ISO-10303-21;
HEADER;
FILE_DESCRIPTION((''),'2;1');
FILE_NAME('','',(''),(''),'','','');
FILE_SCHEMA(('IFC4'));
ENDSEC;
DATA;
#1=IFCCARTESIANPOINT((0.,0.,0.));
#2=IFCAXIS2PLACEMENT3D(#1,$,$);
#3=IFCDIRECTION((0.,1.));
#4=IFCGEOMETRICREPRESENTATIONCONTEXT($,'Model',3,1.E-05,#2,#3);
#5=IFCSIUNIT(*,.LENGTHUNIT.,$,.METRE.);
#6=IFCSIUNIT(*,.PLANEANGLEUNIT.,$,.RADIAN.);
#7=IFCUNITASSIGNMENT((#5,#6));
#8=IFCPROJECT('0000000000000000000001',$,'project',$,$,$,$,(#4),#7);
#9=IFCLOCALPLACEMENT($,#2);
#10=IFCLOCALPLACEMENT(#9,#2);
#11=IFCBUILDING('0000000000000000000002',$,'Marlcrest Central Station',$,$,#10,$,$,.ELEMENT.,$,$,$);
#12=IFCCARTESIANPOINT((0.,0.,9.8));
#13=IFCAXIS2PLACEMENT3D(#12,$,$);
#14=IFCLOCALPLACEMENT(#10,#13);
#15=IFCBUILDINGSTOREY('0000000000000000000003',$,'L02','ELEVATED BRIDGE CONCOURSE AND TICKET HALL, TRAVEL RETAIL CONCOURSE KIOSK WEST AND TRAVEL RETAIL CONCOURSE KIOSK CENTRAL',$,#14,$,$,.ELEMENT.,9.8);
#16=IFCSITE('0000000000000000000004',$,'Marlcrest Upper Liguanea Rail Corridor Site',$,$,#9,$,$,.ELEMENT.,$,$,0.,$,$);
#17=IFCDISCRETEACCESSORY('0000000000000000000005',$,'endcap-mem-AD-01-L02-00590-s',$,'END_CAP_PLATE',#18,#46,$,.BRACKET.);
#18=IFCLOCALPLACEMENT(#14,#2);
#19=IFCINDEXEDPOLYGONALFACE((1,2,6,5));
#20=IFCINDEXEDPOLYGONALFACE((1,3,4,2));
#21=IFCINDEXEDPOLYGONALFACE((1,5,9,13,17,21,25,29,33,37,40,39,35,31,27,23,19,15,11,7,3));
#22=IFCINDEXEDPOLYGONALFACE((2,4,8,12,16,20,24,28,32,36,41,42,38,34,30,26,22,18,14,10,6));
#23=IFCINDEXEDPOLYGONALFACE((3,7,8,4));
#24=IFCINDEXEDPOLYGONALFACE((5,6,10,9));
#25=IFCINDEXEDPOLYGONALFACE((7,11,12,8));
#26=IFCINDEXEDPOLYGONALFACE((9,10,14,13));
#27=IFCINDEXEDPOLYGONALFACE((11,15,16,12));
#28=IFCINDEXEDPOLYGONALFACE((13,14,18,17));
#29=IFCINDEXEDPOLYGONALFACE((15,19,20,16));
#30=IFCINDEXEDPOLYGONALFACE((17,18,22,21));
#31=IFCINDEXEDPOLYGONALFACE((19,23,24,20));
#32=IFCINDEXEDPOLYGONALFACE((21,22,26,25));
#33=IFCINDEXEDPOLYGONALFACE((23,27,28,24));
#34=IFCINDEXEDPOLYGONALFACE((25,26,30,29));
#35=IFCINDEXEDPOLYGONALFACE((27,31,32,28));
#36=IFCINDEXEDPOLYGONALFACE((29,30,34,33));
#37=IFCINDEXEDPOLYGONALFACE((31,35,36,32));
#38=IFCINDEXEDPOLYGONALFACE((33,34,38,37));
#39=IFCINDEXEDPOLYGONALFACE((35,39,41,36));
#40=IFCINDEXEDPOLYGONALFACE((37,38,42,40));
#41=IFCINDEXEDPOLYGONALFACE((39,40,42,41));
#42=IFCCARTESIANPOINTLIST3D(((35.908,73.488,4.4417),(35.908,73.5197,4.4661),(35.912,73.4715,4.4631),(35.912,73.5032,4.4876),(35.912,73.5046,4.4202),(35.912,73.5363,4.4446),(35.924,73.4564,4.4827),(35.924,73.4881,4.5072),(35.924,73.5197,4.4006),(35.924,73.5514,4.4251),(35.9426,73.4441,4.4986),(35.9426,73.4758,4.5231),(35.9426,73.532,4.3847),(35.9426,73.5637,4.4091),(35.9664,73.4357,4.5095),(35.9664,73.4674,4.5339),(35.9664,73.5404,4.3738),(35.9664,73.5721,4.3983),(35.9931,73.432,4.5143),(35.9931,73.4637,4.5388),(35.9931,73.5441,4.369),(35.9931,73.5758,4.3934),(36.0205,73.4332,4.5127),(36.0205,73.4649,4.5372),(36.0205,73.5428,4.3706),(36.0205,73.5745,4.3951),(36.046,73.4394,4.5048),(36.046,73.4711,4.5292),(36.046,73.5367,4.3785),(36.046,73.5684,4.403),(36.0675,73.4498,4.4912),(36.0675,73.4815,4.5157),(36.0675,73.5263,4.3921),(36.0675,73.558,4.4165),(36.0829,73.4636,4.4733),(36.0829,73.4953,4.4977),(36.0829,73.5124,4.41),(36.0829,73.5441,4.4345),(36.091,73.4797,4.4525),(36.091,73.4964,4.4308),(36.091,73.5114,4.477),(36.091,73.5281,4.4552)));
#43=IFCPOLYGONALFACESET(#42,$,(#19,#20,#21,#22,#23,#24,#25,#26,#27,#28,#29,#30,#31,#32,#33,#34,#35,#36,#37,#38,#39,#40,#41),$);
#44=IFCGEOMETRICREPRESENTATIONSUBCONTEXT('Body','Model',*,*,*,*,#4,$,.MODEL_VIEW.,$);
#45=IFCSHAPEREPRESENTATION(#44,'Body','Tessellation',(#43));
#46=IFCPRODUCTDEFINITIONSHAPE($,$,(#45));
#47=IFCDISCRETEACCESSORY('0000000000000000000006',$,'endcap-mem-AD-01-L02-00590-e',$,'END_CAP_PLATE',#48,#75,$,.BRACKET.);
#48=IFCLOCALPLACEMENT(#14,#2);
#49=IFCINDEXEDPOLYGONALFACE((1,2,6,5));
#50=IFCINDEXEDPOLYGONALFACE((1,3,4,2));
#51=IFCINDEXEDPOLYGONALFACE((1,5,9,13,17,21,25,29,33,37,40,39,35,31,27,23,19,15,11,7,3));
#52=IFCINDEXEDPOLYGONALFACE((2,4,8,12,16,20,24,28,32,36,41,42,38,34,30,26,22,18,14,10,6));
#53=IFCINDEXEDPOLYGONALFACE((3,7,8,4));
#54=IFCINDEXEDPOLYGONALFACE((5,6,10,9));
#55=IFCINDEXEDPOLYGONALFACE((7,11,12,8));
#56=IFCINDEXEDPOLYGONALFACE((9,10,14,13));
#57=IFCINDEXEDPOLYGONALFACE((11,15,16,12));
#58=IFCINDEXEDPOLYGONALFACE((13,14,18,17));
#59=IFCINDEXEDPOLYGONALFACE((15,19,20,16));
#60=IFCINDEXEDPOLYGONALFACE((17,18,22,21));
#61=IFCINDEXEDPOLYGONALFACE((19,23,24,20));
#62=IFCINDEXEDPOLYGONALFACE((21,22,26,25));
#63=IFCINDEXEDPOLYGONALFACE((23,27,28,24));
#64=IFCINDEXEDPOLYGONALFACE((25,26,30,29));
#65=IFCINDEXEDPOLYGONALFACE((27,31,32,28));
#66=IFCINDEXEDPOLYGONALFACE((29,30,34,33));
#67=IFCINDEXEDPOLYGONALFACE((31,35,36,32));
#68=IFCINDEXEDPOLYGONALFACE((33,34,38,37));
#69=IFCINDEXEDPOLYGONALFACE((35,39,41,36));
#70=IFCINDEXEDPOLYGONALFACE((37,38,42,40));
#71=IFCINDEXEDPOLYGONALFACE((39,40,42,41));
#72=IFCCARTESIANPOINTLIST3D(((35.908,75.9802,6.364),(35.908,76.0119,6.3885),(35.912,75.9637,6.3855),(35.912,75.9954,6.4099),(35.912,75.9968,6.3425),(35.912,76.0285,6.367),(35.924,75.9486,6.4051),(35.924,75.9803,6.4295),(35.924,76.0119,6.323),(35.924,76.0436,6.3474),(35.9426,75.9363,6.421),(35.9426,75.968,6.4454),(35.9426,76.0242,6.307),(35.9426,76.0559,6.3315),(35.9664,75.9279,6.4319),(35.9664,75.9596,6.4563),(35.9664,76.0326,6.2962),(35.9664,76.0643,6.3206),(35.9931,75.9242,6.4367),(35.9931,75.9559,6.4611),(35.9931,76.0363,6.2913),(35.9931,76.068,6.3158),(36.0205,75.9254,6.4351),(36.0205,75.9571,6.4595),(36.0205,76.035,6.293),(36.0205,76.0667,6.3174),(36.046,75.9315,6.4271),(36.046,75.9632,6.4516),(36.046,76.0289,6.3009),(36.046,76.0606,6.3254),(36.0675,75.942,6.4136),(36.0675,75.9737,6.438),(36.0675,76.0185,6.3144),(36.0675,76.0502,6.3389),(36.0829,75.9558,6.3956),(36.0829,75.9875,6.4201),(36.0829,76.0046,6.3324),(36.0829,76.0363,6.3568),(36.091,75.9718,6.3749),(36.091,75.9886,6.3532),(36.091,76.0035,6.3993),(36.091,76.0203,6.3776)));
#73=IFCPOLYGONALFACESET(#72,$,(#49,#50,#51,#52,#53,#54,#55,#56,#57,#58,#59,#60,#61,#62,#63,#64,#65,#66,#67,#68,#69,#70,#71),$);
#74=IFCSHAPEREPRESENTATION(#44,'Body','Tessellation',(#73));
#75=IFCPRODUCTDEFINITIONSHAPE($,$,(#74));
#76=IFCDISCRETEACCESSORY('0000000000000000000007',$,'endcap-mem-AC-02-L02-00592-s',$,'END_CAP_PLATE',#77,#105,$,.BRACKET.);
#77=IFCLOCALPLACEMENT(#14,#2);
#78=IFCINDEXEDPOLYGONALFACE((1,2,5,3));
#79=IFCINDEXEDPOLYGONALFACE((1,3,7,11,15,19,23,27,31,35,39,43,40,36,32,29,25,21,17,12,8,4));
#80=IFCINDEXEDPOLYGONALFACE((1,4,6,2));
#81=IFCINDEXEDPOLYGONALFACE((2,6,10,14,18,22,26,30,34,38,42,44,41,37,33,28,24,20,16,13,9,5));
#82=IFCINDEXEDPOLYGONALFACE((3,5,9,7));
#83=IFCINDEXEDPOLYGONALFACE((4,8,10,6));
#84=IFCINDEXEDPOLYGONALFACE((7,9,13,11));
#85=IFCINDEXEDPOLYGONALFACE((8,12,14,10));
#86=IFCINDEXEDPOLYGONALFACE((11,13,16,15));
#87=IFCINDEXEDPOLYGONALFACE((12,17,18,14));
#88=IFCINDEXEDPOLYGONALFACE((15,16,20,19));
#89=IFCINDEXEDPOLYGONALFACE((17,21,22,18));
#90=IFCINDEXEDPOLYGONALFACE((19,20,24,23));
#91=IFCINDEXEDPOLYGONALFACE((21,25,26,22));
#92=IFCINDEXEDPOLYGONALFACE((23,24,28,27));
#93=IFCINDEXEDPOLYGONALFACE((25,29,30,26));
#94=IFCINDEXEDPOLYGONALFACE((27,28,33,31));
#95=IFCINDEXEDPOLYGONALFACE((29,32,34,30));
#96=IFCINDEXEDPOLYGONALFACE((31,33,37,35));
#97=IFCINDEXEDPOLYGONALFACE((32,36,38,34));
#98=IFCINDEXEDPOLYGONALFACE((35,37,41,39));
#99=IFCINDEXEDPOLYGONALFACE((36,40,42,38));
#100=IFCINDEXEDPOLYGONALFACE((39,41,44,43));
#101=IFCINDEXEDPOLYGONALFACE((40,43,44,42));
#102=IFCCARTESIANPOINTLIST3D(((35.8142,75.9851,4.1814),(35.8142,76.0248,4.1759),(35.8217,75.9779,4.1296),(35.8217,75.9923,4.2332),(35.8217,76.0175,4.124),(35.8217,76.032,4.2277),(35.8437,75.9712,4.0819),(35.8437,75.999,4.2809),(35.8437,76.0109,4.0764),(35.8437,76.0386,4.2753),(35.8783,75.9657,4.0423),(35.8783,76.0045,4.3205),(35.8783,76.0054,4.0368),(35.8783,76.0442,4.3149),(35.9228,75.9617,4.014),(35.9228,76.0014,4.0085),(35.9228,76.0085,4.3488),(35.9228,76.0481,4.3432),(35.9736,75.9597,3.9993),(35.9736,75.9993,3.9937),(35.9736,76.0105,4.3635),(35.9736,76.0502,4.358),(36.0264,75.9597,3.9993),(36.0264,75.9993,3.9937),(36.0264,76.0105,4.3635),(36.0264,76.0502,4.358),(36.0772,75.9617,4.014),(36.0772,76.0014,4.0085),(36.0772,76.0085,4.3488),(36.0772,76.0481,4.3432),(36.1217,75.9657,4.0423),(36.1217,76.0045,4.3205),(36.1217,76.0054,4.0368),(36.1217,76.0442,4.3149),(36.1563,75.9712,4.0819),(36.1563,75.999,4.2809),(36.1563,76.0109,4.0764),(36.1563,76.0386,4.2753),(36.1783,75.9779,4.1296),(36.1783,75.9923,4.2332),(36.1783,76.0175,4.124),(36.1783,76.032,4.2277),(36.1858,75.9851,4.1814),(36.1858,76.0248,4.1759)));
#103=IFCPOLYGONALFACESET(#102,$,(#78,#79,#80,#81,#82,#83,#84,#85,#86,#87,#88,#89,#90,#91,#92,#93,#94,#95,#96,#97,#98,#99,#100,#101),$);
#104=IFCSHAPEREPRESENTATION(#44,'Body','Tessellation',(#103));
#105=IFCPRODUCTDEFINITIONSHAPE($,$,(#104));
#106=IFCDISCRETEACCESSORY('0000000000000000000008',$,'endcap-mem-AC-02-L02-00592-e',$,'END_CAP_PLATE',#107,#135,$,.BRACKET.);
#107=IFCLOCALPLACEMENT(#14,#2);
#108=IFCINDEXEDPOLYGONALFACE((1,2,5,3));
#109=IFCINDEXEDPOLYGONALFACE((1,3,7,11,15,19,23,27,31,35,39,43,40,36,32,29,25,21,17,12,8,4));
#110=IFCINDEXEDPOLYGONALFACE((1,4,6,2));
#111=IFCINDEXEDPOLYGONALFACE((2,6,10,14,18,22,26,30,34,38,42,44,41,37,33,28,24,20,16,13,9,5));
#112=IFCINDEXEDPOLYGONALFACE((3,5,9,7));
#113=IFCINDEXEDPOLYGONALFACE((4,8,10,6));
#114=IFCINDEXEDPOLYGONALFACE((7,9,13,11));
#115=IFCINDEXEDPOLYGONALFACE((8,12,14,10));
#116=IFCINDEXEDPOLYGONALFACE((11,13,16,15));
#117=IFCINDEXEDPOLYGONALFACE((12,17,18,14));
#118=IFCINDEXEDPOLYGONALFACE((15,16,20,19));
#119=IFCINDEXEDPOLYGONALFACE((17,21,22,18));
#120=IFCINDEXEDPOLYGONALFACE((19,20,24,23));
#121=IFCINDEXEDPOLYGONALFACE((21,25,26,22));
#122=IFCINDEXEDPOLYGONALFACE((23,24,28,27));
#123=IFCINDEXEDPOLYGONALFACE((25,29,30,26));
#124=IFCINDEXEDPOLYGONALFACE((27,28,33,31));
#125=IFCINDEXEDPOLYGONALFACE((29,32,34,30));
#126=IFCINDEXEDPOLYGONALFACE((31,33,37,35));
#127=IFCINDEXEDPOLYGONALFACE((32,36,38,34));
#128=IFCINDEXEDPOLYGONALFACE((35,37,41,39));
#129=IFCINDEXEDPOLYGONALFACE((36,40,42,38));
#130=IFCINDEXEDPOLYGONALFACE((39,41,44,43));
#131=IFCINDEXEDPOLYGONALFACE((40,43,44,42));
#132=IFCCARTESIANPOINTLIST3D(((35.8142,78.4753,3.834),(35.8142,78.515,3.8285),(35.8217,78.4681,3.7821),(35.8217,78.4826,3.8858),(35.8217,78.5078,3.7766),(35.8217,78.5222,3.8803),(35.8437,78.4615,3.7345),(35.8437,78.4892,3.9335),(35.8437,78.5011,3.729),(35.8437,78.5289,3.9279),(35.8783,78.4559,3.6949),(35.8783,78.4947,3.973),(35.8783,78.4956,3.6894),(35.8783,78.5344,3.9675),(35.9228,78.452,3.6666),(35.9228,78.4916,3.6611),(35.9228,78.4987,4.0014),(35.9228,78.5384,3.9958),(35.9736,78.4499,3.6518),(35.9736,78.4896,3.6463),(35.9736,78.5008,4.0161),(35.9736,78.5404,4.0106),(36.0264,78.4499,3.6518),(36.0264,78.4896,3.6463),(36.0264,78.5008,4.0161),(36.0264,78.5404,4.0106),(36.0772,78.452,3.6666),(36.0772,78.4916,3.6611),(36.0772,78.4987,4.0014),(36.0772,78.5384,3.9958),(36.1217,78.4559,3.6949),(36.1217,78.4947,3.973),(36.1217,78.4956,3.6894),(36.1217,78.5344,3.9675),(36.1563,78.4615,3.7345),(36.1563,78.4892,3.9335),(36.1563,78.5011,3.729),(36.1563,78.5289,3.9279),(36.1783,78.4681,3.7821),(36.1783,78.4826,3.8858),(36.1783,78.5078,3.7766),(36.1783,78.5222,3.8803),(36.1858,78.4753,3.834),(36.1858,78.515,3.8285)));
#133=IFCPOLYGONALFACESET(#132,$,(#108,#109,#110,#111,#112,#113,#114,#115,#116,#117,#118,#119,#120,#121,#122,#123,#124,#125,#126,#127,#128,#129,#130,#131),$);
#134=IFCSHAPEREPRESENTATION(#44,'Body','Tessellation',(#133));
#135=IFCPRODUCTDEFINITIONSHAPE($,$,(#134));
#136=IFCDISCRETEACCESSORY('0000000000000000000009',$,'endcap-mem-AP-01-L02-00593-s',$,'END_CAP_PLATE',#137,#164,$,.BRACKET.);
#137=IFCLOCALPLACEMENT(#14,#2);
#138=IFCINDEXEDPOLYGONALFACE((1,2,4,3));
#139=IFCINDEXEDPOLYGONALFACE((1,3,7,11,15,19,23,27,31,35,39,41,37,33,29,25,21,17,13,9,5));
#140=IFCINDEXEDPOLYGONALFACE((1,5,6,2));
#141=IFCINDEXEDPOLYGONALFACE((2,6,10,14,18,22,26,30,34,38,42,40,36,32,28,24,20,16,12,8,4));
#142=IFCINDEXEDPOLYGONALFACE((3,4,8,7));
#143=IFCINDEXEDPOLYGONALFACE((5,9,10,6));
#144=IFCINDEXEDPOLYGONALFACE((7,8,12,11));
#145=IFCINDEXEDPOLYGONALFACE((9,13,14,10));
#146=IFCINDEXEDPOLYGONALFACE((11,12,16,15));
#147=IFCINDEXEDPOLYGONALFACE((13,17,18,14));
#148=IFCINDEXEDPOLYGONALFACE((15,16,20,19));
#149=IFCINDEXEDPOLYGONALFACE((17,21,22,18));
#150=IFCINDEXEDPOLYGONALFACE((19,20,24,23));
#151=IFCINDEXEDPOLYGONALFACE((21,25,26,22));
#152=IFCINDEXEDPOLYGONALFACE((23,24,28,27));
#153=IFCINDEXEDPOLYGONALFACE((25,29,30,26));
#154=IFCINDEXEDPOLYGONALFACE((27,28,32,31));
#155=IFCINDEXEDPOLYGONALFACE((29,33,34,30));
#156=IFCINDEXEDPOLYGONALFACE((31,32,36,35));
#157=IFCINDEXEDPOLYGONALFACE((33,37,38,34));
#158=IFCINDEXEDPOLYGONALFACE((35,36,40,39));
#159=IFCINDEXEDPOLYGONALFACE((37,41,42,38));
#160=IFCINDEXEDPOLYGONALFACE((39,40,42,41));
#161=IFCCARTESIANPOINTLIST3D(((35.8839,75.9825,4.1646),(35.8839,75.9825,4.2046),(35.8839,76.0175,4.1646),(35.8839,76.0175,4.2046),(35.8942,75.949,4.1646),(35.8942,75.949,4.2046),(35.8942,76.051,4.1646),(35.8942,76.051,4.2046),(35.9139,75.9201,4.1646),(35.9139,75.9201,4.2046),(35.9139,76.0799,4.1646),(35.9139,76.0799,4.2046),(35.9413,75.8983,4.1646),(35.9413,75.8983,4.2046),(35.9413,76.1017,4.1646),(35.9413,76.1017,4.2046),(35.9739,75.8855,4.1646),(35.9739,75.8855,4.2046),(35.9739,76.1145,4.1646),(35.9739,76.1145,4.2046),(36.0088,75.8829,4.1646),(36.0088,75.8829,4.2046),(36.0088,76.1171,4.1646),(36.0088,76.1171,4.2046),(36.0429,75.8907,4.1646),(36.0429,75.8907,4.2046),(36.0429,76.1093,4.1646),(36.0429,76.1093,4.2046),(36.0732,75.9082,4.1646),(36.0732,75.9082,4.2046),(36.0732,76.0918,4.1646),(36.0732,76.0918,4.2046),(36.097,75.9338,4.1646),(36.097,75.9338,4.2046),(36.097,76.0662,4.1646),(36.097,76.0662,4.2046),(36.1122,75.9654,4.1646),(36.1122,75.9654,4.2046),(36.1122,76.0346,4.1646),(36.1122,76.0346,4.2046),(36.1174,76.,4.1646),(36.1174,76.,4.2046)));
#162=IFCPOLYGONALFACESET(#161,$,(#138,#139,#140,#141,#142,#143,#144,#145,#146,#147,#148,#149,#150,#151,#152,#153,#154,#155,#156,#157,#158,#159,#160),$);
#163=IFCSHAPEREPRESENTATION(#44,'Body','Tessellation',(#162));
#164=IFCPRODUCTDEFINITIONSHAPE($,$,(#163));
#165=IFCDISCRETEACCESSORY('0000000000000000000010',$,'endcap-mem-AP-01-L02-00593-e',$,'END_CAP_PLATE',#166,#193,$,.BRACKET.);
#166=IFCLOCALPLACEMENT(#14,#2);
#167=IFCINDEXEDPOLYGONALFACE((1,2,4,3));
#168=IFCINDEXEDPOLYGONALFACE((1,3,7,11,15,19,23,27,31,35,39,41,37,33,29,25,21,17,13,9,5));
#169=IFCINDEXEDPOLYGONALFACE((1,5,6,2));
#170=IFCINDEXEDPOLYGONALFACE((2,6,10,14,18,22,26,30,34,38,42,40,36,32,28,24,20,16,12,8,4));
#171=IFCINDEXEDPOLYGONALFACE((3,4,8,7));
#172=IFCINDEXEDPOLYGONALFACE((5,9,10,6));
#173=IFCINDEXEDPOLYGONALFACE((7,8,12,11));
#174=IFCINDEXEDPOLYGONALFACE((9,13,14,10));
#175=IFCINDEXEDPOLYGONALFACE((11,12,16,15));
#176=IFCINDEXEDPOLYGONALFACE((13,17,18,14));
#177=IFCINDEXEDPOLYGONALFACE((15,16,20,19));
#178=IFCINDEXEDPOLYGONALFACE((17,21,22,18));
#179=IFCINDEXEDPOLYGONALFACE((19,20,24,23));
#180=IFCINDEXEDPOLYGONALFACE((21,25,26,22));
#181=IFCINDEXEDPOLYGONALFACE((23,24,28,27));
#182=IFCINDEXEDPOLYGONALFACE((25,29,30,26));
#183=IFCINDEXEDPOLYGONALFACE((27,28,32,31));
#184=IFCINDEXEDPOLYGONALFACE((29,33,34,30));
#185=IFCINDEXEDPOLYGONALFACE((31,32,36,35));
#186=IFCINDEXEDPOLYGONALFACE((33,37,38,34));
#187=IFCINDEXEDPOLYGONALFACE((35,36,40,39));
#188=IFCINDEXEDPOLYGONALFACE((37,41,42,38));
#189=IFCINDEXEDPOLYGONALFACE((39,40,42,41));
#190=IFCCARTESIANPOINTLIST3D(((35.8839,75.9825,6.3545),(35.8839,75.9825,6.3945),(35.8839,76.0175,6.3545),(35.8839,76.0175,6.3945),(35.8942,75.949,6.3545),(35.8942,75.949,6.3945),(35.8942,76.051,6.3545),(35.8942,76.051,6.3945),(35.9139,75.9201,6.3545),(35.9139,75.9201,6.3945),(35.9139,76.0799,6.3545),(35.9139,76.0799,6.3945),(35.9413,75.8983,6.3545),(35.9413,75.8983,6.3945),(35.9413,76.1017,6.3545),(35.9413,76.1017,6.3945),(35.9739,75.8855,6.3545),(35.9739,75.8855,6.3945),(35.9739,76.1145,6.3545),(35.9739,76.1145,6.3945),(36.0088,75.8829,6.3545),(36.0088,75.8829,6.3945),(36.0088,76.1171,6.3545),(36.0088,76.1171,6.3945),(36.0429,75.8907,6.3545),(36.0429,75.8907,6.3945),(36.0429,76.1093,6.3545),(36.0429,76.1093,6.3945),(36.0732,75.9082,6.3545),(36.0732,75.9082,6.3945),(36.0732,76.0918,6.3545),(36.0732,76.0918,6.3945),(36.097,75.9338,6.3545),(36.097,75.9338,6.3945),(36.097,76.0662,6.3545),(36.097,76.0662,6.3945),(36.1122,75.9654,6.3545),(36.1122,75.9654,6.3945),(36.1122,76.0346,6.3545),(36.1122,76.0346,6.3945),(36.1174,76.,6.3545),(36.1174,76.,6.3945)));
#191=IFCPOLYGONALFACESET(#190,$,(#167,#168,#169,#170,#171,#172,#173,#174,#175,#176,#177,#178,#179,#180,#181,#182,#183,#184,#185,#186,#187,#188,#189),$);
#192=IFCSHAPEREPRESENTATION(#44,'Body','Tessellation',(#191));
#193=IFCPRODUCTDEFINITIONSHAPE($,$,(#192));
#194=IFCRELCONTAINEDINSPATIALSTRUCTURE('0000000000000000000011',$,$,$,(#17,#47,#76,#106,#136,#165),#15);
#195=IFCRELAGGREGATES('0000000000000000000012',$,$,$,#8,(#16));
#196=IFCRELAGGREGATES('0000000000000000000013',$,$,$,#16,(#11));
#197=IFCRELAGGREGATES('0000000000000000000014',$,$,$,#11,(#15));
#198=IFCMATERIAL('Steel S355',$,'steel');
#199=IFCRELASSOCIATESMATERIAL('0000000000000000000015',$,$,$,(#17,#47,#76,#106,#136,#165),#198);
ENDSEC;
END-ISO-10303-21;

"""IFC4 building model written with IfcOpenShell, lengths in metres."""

from ifc_helpers import new_model, si_unit, direction, frame, origin, origin_2d, place, context, subcontext, project, spatial, circle, extrude, material, element, save


model = new_model("IFC4")

# Units and contexts
model_context = context("Model", 3, precision=1e-05, world=origin(), true_north=direction((0.0, 1.0)))
body_context = subcontext(model_context, "Body", "Model", "MODEL_VIEW")
ifc_project = project(units=[si_unit("LENGTHUNIT", "METRE"), si_unit("PLANEANGLEUNIT", "RADIAN")], contexts=[model_context])

# Site, building, storey
site_placement = place(None, origin())
site = spatial("IfcSite", under=ifc_project, at=site_placement, Name="Marlcrest Upper Liguanea Rail Corridor Site", CompositionType="ELEMENT", RefElevation=0.0)
building_placement = place(site_placement, origin())
building = spatial("IfcBuilding", under=site, at=building_placement, Name="Marlcrest Central Station", CompositionType="ELEMENT")
storey_placement = place(building_placement, frame((0.0, 0.0, 9.8)))
storey = spatial("IfcBuildingStorey", under=building, at=storey_placement, Name="L02", Description="ELEVATED BRIDGE CONCOURSE AND TICKET HALL, TRAVEL RETAIL CONCOURSE KIOSK WEST AND TRAVEL RETAIL CONCOURSE KIOSK CENTRAL", CompositionType="ELEMENT", Elevation=9.8)

# Shared definitions
ifc_material = material(Name="Steel S355", Category="steel")

# Discrete accessories
for number, where, z_axis, x_axis, name in (
    (1, (36.0, 73.488, 4.4417), (0.0, 0.791798, 0.610783), (-1.0, 0.0, 0.0), "endcap-mem-AD-01-L02-00590-s"),
    (2, (36.0, 75.9802, 6.364), (0.0, 0.791798, 0.610783), (-1.0, 0.0, 0.0), "endcap-mem-AD-01-L02-00590-e"),
):
    element("IfcDiscreteAccessory", number, at=place(storey_placement, frame(where, z_axis=z_axis, x_axis=x_axis)), inside=storey, material=ifc_material, Name=name, ObjectType="END_CAP_PLATE", PredefinedType="BRACKET", context=body_context, shape_type="SweptSolid", body=[
        extrude(circle(Radius=0.092, at=origin_2d()), origin(), (0.0, 0.0, 1.0), 0.04),
    ])
for number, where, z_axis, x_axis, name in (
    (3, (36.0, 75.9851, 4.1814), (0.0, 0.990403, -0.138211), (-1.0, 0.0, 0.0), "endcap-mem-AC-02-L02-00592-s"),
    (4, (36.0, 78.4753, 3.834), (0.0, 0.990403, -0.138211), (-1.0, 0.0, 0.0), "endcap-mem-AC-02-L02-00592-e"),
):
    element("IfcDiscreteAccessory", number, at=place(storey_placement, frame(where, z_axis=z_axis, x_axis=x_axis)), inside=storey, material=ifc_material, Name=name, ObjectType="END_CAP_PLATE", PredefinedType="BRACKET", context=body_context, shape_type="SweptSolid", body=[
        extrude(circle(Radius=0.1858, at=origin_2d()), origin(), (0.0, 0.0, 1.0), 0.04),
    ])
for number, where, z_axis, x_axis, name in (
    (5, (36.0, 76.0, 4.1646), (0.0, 0.0, 1.0), (1.0, 0.0, 0.0), "endcap-mem-AP-01-L02-00593-s"),
    (6, (36.0, 76.0, 6.3545), (0.0, 0.0, 1.0), (1.0, 0.0, 0.0), "endcap-mem-AP-01-L02-00593-e"),
):
    element("IfcDiscreteAccessory", number, at=place(storey_placement, frame(where, z_axis=z_axis, x_axis=x_axis)), inside=storey, material=ifc_material, Name=name, ObjectType="END_CAP_PLATE", PredefinedType="BRACKET", context=body_context, shape_type="SweptSolid", body=[
        extrude(circle(Radius=0.1174, at=origin_2d()), origin(), (0.0, 0.0, 1.0), 0.04),
    ])

save(model, "model.ifc")
